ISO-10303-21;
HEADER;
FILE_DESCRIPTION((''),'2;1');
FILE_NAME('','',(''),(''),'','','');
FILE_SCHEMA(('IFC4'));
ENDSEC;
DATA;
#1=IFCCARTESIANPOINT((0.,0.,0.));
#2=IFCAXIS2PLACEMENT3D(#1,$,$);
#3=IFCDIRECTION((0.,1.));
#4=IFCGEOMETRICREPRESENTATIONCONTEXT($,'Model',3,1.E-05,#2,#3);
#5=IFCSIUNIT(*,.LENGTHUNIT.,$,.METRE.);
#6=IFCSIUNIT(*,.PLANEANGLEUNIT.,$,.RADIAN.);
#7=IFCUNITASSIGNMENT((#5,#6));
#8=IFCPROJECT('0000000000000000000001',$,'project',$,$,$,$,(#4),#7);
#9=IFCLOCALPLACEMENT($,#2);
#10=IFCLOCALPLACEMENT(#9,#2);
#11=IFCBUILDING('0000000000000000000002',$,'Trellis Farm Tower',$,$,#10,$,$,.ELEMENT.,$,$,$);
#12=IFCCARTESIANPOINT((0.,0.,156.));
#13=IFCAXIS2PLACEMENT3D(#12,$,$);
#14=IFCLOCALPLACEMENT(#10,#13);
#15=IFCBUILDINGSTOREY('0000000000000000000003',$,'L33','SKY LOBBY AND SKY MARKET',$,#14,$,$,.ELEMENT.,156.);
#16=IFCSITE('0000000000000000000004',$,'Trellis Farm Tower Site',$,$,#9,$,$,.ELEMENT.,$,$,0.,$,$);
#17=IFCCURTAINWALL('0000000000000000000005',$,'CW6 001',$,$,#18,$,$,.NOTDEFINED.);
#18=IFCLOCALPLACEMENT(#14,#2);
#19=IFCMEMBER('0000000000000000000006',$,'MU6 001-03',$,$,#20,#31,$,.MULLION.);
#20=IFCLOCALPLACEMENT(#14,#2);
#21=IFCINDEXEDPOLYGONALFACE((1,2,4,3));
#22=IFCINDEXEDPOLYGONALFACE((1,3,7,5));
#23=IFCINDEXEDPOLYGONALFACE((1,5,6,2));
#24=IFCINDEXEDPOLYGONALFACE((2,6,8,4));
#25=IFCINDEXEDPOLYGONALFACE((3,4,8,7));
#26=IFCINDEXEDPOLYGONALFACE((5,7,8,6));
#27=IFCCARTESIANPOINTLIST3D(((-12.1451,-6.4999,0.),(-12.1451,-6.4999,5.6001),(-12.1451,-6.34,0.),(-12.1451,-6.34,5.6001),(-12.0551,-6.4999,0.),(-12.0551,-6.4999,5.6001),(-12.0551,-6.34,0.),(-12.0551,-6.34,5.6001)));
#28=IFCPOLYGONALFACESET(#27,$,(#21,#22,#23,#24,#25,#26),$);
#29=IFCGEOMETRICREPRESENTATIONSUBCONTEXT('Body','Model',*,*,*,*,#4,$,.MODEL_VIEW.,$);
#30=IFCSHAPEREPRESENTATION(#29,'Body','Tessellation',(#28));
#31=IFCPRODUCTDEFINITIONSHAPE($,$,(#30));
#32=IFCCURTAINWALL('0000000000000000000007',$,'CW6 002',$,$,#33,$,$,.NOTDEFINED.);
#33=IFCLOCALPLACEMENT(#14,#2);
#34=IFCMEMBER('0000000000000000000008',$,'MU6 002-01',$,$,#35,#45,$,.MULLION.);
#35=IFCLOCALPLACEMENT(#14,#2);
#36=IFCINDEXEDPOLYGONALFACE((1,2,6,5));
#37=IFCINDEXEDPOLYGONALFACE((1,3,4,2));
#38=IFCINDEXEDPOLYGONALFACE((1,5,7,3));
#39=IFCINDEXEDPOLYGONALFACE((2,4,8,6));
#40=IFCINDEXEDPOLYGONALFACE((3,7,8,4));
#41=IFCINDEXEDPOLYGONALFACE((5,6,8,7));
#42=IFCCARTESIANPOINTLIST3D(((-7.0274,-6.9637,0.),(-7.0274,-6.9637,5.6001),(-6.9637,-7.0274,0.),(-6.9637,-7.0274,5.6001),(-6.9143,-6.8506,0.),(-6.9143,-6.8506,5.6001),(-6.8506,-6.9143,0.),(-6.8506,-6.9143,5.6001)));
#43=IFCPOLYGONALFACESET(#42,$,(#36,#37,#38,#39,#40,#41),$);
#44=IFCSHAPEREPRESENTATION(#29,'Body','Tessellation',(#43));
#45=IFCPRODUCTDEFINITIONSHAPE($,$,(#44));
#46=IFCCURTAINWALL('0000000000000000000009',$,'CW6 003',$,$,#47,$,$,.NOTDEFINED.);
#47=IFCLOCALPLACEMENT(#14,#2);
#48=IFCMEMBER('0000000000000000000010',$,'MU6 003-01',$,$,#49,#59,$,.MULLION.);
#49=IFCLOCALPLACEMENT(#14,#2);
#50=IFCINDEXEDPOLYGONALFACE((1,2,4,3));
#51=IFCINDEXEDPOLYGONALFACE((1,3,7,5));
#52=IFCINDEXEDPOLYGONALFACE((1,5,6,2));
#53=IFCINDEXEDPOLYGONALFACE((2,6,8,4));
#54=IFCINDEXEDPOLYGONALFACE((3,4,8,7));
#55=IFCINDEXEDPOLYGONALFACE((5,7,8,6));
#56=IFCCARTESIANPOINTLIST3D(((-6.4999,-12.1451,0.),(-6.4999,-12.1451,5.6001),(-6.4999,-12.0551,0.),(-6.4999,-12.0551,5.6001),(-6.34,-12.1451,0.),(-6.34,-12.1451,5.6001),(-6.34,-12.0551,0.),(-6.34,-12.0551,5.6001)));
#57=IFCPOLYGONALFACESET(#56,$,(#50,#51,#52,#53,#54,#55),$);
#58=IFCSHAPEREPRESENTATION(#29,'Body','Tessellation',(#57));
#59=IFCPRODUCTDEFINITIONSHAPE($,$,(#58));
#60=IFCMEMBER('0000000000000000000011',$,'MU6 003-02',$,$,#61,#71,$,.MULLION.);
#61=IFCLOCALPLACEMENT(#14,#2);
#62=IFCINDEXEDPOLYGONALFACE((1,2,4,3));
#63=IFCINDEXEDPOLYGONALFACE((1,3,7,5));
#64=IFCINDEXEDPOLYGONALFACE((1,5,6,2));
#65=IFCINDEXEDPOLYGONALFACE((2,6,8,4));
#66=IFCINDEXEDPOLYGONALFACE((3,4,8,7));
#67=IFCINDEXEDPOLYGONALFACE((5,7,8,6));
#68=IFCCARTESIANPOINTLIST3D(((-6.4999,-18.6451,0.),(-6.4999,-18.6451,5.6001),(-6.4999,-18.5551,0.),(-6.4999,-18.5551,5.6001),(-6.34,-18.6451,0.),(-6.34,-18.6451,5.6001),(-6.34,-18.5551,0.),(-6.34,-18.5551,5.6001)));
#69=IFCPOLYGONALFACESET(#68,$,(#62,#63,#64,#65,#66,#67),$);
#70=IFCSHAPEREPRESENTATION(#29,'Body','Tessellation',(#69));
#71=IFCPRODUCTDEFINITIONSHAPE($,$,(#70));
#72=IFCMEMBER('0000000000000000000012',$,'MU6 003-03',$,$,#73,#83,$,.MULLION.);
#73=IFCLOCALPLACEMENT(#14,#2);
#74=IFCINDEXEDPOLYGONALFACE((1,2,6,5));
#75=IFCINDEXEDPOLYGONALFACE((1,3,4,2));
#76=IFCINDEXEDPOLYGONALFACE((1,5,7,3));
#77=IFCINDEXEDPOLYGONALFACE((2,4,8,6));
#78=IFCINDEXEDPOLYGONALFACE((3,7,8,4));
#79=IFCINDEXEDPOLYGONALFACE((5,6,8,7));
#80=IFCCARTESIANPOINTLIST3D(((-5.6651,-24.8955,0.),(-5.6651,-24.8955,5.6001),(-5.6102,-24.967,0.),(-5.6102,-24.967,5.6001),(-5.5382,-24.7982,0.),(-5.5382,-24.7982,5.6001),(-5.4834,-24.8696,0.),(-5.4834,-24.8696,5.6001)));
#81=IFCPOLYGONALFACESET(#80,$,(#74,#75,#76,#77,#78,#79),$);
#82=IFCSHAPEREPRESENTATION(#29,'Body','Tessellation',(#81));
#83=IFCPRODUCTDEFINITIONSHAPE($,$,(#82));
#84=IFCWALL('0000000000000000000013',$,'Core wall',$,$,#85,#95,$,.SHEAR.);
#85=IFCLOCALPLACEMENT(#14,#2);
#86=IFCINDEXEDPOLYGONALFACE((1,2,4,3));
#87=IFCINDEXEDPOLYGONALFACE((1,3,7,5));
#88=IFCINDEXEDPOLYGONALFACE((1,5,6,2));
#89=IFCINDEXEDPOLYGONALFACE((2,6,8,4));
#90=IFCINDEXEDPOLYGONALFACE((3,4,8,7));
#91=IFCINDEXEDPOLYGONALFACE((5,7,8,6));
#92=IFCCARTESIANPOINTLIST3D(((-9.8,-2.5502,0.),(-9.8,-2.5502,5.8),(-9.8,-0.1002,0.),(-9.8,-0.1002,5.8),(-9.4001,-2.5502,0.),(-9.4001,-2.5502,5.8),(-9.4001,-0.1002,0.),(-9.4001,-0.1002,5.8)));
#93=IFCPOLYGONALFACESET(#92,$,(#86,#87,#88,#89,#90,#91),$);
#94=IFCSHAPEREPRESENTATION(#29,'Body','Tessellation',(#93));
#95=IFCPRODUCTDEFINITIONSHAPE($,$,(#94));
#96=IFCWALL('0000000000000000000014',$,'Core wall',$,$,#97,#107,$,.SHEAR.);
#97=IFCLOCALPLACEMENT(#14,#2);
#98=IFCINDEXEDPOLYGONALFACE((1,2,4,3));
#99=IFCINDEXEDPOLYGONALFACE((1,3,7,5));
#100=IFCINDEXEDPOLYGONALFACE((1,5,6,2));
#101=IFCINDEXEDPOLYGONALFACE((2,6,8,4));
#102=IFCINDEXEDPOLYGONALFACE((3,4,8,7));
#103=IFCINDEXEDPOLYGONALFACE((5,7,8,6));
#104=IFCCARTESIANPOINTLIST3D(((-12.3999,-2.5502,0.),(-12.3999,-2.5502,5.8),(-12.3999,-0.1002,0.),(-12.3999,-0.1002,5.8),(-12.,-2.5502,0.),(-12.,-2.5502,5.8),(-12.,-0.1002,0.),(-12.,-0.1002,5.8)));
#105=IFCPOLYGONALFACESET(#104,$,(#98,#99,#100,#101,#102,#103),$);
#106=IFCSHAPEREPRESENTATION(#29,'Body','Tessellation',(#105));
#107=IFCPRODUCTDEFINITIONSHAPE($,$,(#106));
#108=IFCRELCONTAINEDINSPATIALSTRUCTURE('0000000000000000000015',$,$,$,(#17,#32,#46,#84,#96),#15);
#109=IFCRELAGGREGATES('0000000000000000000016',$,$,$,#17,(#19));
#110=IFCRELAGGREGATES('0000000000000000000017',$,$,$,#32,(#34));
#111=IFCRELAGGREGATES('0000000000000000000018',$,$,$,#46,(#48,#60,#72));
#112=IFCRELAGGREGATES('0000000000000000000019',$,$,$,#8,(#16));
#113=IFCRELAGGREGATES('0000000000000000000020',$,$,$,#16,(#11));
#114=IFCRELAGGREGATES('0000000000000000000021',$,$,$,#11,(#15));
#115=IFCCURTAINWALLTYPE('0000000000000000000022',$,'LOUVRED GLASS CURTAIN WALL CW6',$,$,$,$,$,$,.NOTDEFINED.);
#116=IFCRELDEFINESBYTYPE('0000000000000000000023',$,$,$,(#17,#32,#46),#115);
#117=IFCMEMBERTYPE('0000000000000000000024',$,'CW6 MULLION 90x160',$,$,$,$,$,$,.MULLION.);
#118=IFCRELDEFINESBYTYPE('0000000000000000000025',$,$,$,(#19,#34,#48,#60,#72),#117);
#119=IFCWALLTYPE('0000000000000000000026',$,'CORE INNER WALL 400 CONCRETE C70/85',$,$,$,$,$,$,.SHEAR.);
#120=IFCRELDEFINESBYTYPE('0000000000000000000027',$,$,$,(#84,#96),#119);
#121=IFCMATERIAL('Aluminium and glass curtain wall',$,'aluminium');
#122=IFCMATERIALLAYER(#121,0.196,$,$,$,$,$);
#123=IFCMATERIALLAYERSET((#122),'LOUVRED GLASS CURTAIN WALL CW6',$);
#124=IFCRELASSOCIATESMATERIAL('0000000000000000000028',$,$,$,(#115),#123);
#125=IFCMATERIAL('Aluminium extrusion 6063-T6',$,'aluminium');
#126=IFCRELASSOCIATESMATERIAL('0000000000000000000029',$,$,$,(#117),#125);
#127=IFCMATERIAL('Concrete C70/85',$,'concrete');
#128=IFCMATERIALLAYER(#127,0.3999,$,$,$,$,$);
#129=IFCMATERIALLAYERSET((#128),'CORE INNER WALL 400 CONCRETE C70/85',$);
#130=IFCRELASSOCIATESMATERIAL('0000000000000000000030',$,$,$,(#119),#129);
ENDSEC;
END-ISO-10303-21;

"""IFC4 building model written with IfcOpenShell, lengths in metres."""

from ifc_helpers import new_model, si_unit, direction, frame, frame_2d, origin, origin_2d, place, context, subcontext, project, spatial, rectangle, extrude, source, transform, mapped, material, layer, layer_set, material_profile, profile_set, type_object, element, aggregate, save


model = new_model("IFC4")

# Units and contexts
model_context = context("Model", 3, precision=1e-05, world=origin(), true_north=direction((0.0, 1.0)))
body_context = subcontext(model_context, "Body", "Model", "MODEL_VIEW")
ifc_project = project(units=[si_unit("LENGTHUNIT", "METRE"), si_unit("PLANEANGLEUNIT", "RADIAN")], contexts=[model_context])

# Site, building, storey
site_placement = place(None, origin())
site = spatial("IfcSite", under=ifc_project, at=site_placement, Name="Trellis Farm Tower Site", CompositionType="ELEMENT", RefElevation=0.0)
building_placement = place(site_placement, origin())
building = spatial("IfcBuilding", under=site, at=building_placement, Name="Trellis Farm Tower", CompositionType="ELEMENT")
storey_placement = place(building_placement, frame((0.0, 0.0, 156.0)))
storey = spatial("IfcBuildingStorey", under=building, at=storey_placement, Name="L33", Description="SKY LOBBY AND SKY MARKET", CompositionType="ELEMENT", Elevation=156.0)

# Shared definitions
ifc_material_1 = material(Name="Concrete C70/85", Category="concrete")

# Curtain walls, members
ifc_material_2 = material(Name="Aluminium and glass curtain wall", Category="aluminium")
ifc_layer_1 = layer(ifc_material_2, 0.196)
ifc_layer_set_1 = layer_set([ifc_layer_1], Name="LOUVRED GLASS CURTAIN WALL CW6")
curtain_wall_type = type_object("IfcCurtainWallType", Name="LOUVRED GLASS CURTAIN WALL CW6", PredefinedType="NOTDEFINED", material=ifc_layer_set_1)
placement = place(storey_placement, origin())
curtain_wall_1 = element("IfcCurtainWall", 1, at=placement, inside=storey, type_object=curtain_wall_type, Name="CW6 001", PredefinedType="NOTDEFINED")
ifc_material_3 = material(Name="Aluminium extrusion 6063-T6", Category="aluminium")
ifc_material_profile_1 = material_profile(ifc_material_3, rectangle(XDim=0.0901, YDim=0.1599, at=origin_2d()), Name="MULLION 90x160")
ifc_profile_set_1 = profile_set([ifc_material_profile_1], Name="Aluminium extrusion 6063-T6")
member_type = type_object("IfcMemberType", Name="CW6 MULLION 90x160", PredefinedType="MULLION", material=ifc_profile_set_1)
shared_shape_1 = source(origin(), body_context, "Body", "SweptSolid", [
    extrude(rectangle(XDim=0.0901, YDim=0.1599, at=origin_2d()), origin(), (0.0, 0.0, 1.0), 5.6001),
])
member_1_placement = place(storey_placement, frame((-12.1001, -6.4199, 0.0), z_axis=(0.0, 0.0, 1.0), x_axis=(1.0, 0.0, 0.0)))
member_1 = element("IfcMember", 2, at=member_1_placement, type_object=member_type, Name="MU6 001-03", PredefinedType="MULLION", context=body_context, shape_type="MappedRepresentation", body=[
    mapped(shared_shape_1, transform((0.0, 0.0, 0.0))),
])
aggregate(curtain_wall_1, [member_1])
curtain_wall_2 = element("IfcCurtainWall", 3, at=placement, inside=storey, type_object=curtain_wall_type, Name="CW6 002", PredefinedType="NOTDEFINED")
member_2_placement = place(storey_placement, frame((-6.939, -6.939, 0.0), z_axis=(0.0, 0.0, 1.0), x_axis=(0.707107, -0.707107, 0.0)))
member_2 = element("IfcMember", 4, at=member_2_placement, type_object=member_type, Name="MU6 002-01", PredefinedType="MULLION", context=body_context, shape_type="MappedRepresentation", body=[
    mapped(shared_shape_1, transform((0.0, 0.0, 0.0))),
])
aggregate(curtain_wall_2, [member_2])

# Curtain wall, members
curtain_wall_3 = element("IfcCurtainWall", 5, at=placement, inside=storey, type_object=curtain_wall_type, Name="CW6 003", PredefinedType="NOTDEFINED")
member_3_placement = place(storey_placement, frame((-6.4199, -12.1001, 0.0), z_axis=(0.0, 0.0, 1.0), x_axis=(0.0, -1.0, 0.0)))
member_3 = element("IfcMember", 6, at=member_3_placement, type_object=member_type, Name="MU6 003-01", PredefinedType="MULLION", context=body_context, shape_type="MappedRepresentation", body=[
    mapped(shared_shape_1, transform((0.0, 0.0, 0.0))),
])
member_4_placement = place(storey_placement, frame((-6.4199, -18.6001, 0.0), z_axis=(0.0, 0.0, 1.0), x_axis=(0.0, -1.0, 0.0)))
member_4 = element("IfcMember", 7, at=member_4_placement, type_object=member_type, Name="MU6 003-02", PredefinedType="MULLION", context=body_context, shape_type="MappedRepresentation", body=[
    mapped(shared_shape_1, transform((0.0, 0.0, 0.0))),
])
member_5_placement = place(storey_placement, frame((-5.5742, -24.8826, 0.0), z_axis=(0.0, 0.0, 1.0), x_axis=(0.608761, -0.793353, 0.0)))
member_5 = element("IfcMember", 8, at=member_5_placement, type_object=member_type, Name="MU6 003-03", PredefinedType="MULLION", context=body_context, shape_type="MappedRepresentation", body=[
    mapped(shared_shape_1, transform((0.0, 0.0, 0.0))),
])
aggregate(curtain_wall_3, [member_3, member_4, member_5])

# Walls
ifc_layer_2 = layer(ifc_material_1, 0.3999)
ifc_layer_set_2 = layer_set([ifc_layer_2], Name="CORE INNER WALL 400 CONCRETE C70/85")
wall_type_1 = type_object("IfcWallType", Name="CORE INNER WALL 400 CONCRETE C70/85", PredefinedType="SHEAR", material=ifc_layer_set_2)
shared_shape_2 = source(origin(), body_context, "Body", "SweptSolid", [
    extrude(rectangle(XDim=2.45, YDim=0.3999, at=frame_2d((1.2251, 0.0))), origin(), (0.0, 0.0, 1.0), 5.8),
])
for number, where, z_axis, x_axis, name in (
    (9, (-9.6001, -0.1001, 0.0), (0.0, 0.0, 1.0), (0.0, -1.0, 0.0), "Core wall"),
    (10, (-12.2, -0.1001, 0.0), (0.0, 0.0, 1.0), (0.0, -1.0, 0.0), "Core wall"),
):
    element("IfcWall", number, at=place(storey_placement, frame(where, z_axis=z_axis, x_axis=x_axis)), inside=storey, type_object=wall_type_1, Name=name, PredefinedType="SHEAR", context=body_context, shape_type="MappedRepresentation", body=[
        mapped(shared_shape_2, transform((0.0, 0.0, 0.0))),
    ])

save(model, "model.ifc")
